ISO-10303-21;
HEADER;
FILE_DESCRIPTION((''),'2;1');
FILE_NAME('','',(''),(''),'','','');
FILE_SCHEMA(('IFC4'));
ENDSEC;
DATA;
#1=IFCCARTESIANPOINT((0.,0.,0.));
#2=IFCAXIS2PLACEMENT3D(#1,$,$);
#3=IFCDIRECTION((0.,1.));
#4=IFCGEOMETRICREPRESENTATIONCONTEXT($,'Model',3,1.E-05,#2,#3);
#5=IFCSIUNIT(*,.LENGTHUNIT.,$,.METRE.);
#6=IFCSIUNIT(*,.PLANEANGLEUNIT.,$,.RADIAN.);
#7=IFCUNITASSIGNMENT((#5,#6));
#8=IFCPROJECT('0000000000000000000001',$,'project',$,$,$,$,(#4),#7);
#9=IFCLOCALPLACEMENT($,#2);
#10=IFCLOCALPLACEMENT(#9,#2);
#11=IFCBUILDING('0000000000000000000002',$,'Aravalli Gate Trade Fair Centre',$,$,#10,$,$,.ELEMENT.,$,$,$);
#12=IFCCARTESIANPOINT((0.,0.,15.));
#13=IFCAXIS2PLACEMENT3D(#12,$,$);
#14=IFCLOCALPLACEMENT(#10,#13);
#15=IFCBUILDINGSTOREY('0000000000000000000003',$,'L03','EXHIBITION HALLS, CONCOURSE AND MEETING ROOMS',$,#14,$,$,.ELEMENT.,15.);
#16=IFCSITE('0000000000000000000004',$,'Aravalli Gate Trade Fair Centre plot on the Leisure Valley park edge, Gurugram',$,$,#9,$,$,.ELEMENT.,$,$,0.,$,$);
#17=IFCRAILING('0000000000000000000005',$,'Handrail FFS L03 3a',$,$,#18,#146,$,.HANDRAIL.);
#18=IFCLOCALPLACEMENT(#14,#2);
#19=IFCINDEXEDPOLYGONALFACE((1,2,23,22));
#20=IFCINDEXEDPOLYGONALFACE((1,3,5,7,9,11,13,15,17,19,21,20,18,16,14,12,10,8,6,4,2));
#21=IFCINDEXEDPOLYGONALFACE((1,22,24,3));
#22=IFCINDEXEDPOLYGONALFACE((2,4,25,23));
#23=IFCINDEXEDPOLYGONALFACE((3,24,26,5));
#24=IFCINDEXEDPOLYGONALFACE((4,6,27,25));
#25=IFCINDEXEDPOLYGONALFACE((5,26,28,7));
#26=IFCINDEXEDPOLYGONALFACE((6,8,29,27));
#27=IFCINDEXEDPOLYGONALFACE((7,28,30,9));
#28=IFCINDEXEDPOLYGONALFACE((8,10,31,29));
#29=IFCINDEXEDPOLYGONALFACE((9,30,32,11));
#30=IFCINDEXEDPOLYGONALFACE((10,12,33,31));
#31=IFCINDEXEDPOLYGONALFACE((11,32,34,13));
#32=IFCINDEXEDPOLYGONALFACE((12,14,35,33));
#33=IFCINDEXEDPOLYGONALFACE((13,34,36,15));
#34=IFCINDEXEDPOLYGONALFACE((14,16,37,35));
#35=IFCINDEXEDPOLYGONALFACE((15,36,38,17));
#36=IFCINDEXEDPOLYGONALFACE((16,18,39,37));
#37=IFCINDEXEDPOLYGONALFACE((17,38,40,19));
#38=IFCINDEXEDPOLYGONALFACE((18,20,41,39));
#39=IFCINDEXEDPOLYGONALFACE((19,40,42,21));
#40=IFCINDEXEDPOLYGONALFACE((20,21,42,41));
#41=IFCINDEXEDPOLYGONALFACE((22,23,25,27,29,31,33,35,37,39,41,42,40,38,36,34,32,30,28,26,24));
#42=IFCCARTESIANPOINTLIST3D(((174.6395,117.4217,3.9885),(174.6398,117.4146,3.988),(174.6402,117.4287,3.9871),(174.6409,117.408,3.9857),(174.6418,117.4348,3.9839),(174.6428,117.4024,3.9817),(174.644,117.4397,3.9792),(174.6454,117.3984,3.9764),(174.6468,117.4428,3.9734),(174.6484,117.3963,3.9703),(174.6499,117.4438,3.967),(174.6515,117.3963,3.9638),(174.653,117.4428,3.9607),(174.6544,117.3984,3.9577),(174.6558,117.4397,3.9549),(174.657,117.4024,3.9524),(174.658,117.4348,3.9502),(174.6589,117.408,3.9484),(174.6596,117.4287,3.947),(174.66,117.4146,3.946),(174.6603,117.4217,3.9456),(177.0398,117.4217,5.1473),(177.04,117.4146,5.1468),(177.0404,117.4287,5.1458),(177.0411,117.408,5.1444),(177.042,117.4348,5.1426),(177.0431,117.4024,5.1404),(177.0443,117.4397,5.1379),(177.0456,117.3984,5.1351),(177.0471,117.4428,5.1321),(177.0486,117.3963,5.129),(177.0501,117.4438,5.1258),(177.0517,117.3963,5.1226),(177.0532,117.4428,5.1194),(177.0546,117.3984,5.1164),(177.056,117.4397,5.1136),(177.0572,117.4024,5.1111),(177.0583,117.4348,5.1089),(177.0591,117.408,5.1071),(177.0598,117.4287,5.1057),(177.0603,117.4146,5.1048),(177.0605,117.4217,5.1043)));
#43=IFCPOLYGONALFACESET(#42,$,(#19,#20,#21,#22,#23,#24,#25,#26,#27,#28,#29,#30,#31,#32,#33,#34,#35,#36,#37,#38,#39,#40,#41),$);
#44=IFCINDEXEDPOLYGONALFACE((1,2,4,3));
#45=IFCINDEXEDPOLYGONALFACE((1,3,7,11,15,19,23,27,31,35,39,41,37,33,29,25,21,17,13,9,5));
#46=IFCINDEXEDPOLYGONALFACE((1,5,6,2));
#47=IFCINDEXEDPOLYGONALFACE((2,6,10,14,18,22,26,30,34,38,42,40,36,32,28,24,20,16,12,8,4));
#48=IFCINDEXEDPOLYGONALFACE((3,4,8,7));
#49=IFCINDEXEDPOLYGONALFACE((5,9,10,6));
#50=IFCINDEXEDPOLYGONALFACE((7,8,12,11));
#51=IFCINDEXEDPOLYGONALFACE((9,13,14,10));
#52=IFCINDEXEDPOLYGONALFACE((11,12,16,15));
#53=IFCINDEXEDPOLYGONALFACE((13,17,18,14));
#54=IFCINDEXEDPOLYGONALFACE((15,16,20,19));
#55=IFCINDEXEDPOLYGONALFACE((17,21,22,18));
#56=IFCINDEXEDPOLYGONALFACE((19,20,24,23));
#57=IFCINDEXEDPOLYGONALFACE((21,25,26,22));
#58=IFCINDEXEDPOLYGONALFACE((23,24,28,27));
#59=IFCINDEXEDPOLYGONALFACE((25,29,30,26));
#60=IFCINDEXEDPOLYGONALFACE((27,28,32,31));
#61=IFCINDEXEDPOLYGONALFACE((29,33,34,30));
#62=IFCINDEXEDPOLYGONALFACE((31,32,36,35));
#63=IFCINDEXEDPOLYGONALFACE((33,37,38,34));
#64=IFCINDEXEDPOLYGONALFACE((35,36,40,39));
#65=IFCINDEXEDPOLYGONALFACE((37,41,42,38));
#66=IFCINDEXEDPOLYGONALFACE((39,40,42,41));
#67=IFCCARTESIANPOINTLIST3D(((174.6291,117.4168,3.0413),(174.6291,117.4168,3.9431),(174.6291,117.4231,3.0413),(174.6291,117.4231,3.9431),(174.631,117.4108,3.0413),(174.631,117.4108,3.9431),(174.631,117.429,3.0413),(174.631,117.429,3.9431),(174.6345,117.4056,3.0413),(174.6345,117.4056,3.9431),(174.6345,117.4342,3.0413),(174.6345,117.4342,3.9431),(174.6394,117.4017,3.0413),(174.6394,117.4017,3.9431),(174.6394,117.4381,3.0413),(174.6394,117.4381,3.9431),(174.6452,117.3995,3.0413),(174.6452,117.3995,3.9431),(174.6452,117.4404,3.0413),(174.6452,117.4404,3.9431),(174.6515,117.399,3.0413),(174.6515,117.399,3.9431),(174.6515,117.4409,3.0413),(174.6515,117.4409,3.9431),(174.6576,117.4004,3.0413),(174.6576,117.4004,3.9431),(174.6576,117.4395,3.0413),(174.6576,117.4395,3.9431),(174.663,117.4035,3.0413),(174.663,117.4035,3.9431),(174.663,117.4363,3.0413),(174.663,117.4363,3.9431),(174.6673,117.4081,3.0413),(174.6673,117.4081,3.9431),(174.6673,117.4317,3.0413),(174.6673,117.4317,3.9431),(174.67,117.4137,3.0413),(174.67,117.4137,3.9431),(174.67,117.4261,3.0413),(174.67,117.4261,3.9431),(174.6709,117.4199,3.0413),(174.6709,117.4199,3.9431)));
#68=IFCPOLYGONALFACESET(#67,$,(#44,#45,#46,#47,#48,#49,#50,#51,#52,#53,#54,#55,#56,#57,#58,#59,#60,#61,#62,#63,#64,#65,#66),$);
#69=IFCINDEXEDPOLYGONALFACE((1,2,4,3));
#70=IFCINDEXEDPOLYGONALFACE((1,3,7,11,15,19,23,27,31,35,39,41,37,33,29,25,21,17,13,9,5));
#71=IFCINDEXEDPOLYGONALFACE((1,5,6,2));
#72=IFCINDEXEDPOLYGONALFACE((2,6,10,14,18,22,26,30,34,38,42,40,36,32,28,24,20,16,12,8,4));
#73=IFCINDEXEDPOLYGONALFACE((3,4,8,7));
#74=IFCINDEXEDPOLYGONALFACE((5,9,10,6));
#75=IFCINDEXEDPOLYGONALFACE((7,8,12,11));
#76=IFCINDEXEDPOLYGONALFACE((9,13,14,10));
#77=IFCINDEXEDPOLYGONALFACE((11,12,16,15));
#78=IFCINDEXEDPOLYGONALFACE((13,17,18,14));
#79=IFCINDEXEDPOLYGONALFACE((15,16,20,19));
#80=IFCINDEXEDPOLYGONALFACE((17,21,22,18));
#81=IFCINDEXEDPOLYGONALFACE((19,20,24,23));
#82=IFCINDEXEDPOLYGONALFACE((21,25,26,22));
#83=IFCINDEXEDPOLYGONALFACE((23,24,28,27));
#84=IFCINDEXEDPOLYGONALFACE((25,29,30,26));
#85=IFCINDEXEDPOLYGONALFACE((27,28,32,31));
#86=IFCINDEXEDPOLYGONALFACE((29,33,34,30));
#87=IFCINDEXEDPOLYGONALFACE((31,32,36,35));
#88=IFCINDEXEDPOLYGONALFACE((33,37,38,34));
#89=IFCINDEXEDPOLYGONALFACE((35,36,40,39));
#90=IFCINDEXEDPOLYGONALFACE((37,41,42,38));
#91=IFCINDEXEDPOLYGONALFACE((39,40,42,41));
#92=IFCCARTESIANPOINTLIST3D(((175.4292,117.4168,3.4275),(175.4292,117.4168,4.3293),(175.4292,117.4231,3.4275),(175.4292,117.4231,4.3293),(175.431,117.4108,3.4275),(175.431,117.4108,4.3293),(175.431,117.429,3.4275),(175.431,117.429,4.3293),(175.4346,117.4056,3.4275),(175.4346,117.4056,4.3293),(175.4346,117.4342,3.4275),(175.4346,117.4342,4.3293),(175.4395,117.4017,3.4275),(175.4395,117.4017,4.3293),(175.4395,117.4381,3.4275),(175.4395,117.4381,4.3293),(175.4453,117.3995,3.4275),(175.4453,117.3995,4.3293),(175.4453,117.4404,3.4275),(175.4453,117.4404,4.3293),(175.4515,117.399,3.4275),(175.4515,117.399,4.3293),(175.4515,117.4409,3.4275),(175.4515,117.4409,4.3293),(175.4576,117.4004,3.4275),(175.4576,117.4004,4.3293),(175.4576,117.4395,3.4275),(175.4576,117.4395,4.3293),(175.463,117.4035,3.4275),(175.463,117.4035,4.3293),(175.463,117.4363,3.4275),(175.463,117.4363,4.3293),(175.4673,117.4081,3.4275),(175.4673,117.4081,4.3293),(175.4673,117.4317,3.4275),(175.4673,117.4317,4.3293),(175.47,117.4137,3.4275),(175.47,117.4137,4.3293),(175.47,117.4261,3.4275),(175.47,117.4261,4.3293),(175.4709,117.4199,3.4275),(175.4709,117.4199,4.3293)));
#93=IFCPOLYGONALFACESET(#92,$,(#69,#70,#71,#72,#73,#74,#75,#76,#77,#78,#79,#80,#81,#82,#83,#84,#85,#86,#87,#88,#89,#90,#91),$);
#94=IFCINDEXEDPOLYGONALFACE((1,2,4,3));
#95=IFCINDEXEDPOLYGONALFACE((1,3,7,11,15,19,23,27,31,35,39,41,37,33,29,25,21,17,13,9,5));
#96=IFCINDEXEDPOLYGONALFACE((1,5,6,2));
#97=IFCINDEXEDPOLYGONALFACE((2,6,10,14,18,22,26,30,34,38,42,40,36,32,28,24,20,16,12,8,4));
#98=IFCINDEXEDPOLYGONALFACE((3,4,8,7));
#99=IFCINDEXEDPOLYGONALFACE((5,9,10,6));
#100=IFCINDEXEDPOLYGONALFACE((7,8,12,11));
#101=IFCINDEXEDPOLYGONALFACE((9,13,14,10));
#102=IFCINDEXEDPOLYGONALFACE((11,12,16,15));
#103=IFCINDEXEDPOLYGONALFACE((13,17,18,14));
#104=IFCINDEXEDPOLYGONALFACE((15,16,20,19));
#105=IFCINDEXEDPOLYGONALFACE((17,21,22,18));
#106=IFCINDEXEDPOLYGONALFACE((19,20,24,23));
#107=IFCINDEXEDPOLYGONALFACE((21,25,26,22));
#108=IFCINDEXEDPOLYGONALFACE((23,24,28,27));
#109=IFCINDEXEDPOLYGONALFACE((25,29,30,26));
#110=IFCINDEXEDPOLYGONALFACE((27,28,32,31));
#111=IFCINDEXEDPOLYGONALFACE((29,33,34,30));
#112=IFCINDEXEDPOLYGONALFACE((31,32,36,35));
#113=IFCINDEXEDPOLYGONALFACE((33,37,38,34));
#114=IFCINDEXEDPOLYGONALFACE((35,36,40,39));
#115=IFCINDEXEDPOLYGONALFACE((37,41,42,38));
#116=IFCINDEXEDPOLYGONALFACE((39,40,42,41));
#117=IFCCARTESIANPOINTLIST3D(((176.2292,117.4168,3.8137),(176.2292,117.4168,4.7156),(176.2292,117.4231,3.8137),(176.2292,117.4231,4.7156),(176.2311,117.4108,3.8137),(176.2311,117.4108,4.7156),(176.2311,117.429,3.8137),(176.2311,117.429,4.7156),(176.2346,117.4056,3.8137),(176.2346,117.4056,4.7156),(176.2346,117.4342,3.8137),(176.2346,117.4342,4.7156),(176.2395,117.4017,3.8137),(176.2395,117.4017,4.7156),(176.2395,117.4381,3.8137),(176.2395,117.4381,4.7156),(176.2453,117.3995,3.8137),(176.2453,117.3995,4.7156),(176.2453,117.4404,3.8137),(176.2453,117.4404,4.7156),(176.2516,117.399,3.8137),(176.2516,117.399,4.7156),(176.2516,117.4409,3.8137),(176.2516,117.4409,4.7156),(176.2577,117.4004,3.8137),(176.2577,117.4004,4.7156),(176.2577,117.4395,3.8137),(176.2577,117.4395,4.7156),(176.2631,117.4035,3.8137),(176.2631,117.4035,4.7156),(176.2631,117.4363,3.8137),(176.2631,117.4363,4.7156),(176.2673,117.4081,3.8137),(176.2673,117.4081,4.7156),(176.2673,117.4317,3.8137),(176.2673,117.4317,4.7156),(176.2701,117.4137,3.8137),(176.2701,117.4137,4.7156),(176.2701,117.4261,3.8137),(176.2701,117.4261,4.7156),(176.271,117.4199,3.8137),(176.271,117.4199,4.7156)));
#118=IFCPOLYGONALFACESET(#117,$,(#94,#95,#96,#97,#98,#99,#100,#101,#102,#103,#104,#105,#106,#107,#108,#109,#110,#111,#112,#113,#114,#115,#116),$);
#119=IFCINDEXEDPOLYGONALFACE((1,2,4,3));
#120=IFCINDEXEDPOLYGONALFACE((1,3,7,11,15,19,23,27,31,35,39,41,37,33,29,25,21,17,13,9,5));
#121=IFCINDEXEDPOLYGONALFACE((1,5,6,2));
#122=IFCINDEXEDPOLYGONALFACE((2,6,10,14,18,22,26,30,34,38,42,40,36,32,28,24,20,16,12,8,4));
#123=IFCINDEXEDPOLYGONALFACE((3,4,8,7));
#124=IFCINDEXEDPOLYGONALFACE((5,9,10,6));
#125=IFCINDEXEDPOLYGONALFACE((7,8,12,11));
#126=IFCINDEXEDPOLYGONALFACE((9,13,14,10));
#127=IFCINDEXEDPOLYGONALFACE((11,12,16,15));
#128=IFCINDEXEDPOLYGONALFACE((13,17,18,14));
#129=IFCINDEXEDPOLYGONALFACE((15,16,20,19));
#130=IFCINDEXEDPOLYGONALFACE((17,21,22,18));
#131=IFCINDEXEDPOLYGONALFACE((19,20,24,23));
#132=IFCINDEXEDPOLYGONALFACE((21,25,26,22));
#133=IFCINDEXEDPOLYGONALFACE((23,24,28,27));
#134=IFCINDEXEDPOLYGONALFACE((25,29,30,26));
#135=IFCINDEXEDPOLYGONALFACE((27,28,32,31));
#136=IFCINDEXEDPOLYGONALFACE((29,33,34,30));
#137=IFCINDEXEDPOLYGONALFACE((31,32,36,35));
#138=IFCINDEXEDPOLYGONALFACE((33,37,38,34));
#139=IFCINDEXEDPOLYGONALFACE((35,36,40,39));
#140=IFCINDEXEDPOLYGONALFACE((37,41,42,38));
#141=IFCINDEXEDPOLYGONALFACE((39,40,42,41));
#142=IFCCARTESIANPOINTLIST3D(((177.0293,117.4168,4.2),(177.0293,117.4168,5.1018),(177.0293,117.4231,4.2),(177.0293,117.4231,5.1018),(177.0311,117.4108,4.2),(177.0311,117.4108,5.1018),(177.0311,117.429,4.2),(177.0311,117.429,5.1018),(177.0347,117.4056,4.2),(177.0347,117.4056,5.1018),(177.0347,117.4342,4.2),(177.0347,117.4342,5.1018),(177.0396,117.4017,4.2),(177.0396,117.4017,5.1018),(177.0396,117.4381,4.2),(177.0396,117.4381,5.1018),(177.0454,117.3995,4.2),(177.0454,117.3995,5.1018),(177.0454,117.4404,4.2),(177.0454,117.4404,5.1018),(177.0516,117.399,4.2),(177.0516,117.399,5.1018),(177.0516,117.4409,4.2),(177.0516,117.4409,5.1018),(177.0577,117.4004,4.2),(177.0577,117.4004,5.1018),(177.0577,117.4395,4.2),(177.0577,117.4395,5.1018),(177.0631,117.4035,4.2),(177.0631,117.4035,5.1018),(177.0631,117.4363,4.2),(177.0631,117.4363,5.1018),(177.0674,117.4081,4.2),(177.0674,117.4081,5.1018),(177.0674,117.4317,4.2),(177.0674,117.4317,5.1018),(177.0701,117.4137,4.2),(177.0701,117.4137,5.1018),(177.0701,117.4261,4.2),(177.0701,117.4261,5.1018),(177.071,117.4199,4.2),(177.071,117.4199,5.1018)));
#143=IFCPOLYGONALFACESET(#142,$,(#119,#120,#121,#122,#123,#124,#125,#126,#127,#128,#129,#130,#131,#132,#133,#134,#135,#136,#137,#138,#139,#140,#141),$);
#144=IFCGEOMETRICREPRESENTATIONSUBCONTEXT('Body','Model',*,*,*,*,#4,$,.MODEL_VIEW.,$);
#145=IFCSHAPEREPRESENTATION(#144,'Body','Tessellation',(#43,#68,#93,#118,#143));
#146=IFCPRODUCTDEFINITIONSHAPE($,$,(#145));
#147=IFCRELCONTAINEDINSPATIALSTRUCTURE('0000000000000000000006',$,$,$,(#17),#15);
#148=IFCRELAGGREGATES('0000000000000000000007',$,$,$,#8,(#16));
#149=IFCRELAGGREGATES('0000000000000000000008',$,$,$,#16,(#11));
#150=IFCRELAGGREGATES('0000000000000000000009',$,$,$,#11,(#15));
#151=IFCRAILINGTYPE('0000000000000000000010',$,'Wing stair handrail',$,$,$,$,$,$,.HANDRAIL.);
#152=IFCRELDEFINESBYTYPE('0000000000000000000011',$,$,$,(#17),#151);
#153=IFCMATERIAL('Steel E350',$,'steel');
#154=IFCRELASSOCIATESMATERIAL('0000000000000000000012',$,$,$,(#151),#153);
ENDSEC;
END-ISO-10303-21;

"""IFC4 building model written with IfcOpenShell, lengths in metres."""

from ifc_helpers import new_model, si_unit, direction, frame, origin, origin_2d, place, context, subcontext, project, spatial, circle, extrude, material, type_object, element, save


model = new_model("IFC4")

# Units and contexts
model_context = context("Model", 3, precision=1e-05, world=origin(), true_north=direction((0.0, 1.0)))
body_context = subcontext(model_context, "Body", "Model", "MODEL_VIEW")
ifc_project = project(units=[si_unit("LENGTHUNIT", "METRE"), si_unit("PLANEANGLEUNIT", "RADIAN")], contexts=[model_context])

# Site, building, storey
site_placement = place(None, origin())
site = spatial("IfcSite", under=ifc_project, at=site_placement, Name="Aravalli Gate Trade Fair Centre plot on the Leisure Valley park edge, Gurugram", CompositionType="ELEMENT", RefElevation=0.0)
building_placement = place(site_placement, origin())
building = spatial("IfcBuilding", under=site, at=building_placement, Name="Aravalli Gate Trade Fair Centre", CompositionType="ELEMENT")
storey_placement = place(building_placement, frame((0.0, 0.0, 15.0)))
storey = spatial("IfcBuildingStorey", under=building, at=storey_placement, Name="L03", Description="EXHIBITION HALLS, CONCOURSE AND MEETING ROOMS", CompositionType="ELEMENT", Elevation=15.0)

# Shared definitions
ifc_material_1 = material(Name="Steel E350", Category="steel")

# Railing
railing_type_1 = type_object("IfcRailingType", Name="Wing stair handrail", PredefinedType="HANDRAIL", material=ifc_material_1)
for number, where, name in (
    (1, (174.6499, 117.4199, 3.0413), "Handrail FFS L03 3a"),
):
    element("IfcRailing", number, at=place(storey_placement, frame(where)), inside=storey, type_object=railing_type_1, Name=name, PredefinedType="HANDRAIL", context=body_context, shape_type="SweptSolid", body=[
        extrude(circle(Radius=0.0239, at=origin_2d()), frame((0.0, 0.0, 0.9258), z_axis=(0.900552, 0.0, 0.434749), x_axis=(0.0, 1.0, 0.0)), (0.0, 0.0, 1.0), 2.6653),
        extrude(circle(Radius=0.021, at=origin_2d()), origin(), (0.0, 0.0, 1.0), 0.9019),
        extrude(circle(Radius=0.021, at=origin_2d()), frame((0.8, 0.0, 0.3862)), (0.0, 0.0, 1.0), 0.9019),
        extrude(circle(Radius=0.021, at=origin_2d()), frame((1.6001, 0.0, 0.7725)), (0.0, 0.0, 1.0), 0.9019),
        extrude(circle(Radius=0.021, at=origin_2d()), frame((2.4001, 0.0, 1.1587)), (0.0, 0.0, 1.0), 0.9019),
    ])

save(model, "model.ifc")
